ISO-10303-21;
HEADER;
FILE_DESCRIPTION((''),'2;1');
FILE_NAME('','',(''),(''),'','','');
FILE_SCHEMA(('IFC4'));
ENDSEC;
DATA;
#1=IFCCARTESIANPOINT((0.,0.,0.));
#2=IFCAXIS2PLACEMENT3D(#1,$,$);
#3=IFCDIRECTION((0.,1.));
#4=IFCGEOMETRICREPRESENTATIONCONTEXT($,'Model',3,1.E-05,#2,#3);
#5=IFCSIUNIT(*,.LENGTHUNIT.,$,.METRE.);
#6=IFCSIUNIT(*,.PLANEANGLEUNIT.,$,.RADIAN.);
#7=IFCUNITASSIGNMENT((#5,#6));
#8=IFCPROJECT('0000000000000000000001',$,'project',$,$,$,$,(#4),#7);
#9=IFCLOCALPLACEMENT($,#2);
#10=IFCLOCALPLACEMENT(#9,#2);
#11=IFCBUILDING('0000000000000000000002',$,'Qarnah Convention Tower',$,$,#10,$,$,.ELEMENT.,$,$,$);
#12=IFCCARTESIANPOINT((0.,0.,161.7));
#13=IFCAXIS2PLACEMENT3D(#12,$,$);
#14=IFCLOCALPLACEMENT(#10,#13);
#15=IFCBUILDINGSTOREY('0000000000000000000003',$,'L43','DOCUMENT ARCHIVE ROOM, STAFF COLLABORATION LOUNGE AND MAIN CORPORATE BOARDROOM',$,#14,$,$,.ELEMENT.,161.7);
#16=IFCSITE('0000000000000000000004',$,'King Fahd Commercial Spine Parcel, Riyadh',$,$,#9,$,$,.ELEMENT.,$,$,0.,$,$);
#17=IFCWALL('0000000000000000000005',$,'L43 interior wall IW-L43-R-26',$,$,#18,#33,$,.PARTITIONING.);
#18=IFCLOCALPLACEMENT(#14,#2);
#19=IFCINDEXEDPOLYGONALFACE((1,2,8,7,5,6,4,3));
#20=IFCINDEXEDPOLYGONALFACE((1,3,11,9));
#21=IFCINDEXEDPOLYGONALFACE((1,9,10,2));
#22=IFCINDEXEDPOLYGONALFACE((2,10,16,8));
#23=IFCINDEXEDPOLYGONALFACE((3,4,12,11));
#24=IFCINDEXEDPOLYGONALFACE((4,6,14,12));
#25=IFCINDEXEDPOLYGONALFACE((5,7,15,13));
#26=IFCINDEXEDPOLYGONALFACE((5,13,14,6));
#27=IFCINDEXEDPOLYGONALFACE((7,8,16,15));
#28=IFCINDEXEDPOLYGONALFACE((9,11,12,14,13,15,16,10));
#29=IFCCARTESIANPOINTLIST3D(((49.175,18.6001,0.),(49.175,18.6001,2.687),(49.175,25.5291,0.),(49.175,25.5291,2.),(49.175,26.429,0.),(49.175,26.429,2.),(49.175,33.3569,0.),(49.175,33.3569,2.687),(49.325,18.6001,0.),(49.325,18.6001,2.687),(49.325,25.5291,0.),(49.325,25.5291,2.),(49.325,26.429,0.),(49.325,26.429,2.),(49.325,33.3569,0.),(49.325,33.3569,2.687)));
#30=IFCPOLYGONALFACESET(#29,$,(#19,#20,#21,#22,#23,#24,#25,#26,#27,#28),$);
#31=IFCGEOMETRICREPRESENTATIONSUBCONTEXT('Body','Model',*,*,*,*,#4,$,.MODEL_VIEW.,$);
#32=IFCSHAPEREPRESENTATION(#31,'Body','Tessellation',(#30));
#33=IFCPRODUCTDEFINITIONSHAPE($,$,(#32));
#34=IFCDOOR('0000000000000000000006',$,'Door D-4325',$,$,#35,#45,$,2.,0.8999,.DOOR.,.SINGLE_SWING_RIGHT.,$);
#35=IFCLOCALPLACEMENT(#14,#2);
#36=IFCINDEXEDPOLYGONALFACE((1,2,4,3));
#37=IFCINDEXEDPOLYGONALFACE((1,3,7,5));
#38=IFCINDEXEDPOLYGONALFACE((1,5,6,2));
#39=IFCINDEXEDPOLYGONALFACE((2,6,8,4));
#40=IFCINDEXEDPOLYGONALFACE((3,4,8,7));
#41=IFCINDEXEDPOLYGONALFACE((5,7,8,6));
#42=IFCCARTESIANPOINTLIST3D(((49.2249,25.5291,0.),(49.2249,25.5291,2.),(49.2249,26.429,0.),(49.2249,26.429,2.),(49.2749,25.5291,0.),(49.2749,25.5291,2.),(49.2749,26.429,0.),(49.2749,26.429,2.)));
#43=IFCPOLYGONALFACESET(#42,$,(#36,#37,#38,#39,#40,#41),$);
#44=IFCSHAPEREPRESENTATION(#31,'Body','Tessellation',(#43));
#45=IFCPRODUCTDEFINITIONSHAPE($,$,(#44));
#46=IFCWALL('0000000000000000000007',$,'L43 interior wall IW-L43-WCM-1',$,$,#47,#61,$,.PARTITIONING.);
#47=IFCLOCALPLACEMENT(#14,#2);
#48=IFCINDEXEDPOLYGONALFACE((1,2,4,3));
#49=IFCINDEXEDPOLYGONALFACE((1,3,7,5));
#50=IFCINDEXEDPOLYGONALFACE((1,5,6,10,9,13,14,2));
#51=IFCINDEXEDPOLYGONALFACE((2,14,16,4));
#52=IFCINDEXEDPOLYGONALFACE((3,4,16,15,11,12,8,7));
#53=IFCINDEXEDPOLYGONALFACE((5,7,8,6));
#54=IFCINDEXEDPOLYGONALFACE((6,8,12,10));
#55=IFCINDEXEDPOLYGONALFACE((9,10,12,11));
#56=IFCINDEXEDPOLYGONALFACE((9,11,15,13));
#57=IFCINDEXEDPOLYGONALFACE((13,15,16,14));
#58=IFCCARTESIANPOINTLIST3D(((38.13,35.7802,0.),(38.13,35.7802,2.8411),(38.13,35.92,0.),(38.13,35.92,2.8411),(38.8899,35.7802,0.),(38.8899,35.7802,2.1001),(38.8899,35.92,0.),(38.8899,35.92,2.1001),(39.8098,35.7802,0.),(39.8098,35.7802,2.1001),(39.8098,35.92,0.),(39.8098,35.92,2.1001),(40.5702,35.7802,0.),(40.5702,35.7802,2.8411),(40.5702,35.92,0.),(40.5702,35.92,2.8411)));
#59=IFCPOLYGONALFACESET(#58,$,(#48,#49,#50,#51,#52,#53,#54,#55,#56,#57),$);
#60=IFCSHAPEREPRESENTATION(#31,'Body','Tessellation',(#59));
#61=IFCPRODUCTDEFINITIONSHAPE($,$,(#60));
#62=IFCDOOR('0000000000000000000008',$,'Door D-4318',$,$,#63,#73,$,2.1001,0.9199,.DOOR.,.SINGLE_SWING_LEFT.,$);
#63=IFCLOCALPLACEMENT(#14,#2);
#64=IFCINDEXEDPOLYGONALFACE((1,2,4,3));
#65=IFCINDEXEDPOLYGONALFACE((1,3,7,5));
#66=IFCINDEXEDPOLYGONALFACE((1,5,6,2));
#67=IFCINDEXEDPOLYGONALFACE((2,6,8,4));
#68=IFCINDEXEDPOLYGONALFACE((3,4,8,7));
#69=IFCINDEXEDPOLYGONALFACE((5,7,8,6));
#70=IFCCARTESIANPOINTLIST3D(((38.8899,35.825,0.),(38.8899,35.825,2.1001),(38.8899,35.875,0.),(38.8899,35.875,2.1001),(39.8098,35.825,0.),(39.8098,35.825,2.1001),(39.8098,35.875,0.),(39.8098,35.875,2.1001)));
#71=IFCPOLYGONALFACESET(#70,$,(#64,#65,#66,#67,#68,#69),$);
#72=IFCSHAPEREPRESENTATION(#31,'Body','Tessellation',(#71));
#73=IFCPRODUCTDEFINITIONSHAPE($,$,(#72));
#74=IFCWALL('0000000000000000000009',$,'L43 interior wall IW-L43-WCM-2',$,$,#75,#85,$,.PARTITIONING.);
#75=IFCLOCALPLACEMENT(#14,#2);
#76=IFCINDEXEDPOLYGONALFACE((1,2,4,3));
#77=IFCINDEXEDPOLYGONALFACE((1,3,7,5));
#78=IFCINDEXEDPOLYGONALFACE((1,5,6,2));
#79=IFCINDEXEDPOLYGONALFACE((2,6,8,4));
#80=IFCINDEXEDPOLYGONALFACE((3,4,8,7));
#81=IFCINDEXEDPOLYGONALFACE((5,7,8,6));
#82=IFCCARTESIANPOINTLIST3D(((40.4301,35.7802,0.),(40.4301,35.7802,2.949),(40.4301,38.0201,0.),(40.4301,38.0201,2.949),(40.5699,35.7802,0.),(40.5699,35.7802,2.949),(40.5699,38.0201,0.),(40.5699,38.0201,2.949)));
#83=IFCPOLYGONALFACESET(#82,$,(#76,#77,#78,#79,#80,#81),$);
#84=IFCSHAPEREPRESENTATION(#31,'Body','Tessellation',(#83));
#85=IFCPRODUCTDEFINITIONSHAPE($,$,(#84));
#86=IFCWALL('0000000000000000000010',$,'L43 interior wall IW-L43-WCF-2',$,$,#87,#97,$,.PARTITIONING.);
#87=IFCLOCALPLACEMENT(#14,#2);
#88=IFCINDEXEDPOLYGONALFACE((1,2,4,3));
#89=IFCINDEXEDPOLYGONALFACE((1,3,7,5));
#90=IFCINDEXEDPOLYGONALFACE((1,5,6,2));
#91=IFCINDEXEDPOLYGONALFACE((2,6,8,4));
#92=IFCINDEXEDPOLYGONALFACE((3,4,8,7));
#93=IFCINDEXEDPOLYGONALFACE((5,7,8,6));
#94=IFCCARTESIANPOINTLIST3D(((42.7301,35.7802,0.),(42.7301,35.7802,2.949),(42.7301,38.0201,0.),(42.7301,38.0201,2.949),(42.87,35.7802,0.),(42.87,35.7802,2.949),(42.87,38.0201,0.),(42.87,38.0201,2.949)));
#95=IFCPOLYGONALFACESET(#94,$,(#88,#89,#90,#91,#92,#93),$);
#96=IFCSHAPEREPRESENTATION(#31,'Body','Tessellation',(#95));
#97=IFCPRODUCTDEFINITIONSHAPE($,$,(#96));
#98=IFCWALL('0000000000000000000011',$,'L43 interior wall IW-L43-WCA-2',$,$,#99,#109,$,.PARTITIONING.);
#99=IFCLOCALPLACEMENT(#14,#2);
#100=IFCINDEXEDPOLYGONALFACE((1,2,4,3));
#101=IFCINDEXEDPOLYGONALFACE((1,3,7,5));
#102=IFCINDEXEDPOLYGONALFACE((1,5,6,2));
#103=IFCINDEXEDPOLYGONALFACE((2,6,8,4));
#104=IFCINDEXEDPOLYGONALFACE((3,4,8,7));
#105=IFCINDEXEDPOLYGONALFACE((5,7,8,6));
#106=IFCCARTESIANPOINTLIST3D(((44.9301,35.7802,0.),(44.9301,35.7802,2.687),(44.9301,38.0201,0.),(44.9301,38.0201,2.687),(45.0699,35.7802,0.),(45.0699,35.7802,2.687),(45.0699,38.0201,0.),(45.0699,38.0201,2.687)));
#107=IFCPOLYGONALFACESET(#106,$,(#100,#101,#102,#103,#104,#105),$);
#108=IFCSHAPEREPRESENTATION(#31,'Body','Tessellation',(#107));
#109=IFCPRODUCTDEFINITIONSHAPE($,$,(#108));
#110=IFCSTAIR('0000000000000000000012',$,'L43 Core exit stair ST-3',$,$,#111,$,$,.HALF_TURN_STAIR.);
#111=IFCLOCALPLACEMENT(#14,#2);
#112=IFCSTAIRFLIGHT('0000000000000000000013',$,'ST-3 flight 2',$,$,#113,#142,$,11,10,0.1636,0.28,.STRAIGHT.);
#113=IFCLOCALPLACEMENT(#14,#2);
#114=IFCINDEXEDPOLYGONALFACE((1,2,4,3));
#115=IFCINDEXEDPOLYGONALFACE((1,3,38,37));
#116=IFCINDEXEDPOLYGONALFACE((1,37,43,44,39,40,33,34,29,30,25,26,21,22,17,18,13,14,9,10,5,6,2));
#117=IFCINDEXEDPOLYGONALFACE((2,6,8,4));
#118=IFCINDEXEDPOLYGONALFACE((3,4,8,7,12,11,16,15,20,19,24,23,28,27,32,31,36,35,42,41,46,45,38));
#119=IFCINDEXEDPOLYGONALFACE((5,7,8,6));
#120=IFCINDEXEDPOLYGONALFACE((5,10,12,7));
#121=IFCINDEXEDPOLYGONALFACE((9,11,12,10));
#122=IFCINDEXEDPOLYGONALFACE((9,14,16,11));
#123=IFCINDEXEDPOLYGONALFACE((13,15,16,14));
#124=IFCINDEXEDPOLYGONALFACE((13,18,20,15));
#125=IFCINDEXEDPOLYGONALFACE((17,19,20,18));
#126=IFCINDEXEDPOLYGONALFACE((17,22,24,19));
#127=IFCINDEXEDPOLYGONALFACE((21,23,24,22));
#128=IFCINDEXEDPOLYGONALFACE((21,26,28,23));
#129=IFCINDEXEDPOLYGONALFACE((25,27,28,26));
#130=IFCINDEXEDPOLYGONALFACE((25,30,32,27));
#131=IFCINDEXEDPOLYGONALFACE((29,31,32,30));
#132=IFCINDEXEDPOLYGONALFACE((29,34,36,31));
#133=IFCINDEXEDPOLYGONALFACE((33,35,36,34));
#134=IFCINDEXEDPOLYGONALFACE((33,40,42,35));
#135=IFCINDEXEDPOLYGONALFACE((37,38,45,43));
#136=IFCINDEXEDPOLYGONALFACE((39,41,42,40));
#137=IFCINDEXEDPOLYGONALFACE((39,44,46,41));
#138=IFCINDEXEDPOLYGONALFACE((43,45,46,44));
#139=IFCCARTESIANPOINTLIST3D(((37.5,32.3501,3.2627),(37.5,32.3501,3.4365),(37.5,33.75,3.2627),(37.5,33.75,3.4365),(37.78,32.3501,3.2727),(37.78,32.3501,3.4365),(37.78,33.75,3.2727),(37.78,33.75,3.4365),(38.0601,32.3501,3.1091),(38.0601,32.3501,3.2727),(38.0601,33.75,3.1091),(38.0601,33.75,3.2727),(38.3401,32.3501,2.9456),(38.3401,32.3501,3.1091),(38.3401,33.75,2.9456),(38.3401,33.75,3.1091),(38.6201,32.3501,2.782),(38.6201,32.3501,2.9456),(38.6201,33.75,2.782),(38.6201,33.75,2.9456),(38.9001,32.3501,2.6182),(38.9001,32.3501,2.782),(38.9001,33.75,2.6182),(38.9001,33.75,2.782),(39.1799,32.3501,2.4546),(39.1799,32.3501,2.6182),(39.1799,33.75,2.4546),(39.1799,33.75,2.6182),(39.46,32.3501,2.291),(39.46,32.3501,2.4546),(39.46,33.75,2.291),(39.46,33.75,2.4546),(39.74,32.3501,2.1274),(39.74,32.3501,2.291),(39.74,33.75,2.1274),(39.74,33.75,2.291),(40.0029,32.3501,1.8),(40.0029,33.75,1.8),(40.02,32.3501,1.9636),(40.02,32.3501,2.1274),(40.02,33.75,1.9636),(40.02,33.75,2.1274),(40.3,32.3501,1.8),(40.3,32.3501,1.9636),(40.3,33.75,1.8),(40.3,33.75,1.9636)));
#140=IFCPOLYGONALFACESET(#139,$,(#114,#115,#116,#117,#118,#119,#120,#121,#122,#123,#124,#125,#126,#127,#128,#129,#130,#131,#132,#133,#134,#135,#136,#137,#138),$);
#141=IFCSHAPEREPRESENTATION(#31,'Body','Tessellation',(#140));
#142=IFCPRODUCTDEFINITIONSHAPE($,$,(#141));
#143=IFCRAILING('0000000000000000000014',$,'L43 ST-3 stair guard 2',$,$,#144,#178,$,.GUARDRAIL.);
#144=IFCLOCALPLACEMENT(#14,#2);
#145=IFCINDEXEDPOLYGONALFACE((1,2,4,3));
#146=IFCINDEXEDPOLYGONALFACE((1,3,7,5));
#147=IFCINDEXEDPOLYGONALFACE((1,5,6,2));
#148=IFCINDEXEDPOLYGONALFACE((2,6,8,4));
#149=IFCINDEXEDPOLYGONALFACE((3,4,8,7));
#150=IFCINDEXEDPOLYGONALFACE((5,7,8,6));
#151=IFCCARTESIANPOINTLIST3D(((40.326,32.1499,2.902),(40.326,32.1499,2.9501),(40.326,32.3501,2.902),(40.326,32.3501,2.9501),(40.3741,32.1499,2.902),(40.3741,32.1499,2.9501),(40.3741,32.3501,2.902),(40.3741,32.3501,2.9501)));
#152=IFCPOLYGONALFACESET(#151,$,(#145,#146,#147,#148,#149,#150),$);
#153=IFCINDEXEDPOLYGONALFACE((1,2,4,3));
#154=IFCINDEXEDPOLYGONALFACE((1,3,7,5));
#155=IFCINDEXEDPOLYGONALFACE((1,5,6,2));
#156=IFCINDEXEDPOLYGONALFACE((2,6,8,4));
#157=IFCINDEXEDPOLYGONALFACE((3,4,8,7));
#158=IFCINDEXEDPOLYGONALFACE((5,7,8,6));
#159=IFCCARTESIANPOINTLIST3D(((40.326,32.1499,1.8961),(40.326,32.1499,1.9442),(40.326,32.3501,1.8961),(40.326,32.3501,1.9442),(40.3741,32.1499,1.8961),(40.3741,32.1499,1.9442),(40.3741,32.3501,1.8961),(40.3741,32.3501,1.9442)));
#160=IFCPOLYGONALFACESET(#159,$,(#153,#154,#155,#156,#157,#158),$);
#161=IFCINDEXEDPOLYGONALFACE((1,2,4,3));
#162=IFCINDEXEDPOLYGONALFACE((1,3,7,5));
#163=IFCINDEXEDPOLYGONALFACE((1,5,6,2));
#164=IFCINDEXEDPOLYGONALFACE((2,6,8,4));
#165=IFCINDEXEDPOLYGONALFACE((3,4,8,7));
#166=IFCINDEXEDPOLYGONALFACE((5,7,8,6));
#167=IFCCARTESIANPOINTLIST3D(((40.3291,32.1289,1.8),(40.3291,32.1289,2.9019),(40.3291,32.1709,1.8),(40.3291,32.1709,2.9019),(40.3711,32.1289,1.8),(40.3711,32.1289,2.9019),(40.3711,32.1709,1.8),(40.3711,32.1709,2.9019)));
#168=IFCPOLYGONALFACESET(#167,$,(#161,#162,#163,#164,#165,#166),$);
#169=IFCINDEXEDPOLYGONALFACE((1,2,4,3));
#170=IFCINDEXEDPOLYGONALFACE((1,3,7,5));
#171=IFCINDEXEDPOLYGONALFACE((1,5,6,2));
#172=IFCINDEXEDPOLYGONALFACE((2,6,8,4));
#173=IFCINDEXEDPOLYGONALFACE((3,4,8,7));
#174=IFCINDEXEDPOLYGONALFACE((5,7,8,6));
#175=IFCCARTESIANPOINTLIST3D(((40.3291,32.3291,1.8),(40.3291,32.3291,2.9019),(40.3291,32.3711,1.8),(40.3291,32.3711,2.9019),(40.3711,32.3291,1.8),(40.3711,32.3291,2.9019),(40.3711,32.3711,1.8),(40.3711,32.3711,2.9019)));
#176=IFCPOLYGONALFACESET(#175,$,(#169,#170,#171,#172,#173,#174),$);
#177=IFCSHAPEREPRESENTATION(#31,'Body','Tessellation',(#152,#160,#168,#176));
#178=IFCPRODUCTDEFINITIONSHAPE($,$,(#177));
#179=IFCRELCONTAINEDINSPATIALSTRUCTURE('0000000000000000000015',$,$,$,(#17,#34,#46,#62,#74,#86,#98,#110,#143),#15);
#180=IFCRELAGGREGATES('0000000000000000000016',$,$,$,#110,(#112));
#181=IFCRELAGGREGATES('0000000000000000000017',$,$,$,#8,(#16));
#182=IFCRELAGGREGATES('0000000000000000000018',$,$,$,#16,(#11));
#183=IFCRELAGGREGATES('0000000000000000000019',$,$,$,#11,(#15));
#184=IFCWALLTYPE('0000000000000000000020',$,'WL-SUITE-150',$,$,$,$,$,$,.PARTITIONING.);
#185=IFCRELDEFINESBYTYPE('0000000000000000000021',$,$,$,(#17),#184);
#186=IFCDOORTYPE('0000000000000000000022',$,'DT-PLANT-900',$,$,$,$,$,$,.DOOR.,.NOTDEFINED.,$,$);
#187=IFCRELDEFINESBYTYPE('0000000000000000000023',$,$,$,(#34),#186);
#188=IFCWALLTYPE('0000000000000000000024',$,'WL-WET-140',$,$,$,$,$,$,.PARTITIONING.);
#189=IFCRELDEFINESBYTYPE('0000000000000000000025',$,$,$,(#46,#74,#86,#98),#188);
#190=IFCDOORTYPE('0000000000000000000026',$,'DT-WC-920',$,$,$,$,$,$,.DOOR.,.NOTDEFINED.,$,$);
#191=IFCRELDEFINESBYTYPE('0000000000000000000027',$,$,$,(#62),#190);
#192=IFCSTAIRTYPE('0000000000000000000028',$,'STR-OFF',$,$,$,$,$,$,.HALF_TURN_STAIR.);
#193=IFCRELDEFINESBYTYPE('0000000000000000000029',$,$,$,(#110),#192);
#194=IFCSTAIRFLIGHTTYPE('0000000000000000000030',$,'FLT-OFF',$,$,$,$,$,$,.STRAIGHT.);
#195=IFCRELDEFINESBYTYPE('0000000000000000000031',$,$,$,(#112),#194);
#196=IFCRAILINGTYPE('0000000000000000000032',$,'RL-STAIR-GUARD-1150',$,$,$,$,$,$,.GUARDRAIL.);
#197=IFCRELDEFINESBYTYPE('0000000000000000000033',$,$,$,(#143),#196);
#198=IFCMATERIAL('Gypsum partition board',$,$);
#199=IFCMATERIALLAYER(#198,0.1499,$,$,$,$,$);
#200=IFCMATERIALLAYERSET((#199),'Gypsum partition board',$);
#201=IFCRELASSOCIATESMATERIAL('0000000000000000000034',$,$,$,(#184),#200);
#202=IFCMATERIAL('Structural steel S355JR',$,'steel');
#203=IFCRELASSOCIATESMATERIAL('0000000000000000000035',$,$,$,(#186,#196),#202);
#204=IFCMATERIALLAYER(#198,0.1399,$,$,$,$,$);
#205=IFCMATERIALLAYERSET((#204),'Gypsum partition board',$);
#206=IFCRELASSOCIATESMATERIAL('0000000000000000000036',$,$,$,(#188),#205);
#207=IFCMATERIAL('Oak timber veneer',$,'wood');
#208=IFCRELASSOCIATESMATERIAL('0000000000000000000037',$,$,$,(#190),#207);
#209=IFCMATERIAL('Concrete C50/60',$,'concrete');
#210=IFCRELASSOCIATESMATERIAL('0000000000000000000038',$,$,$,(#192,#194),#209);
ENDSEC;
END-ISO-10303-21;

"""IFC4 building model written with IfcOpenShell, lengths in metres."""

from ifc_helpers import new_model, si_unit, direction, frame, frame_2d, origin, origin_2d, place, context, subcontext, project, spatial, polyline, rectangle, outline, extrude, material, layer, layer_set, type_object, element, fill, aggregate, save


model = new_model("IFC4")

# Units and contexts
model_context = context("Model", 3, precision=1e-05, world=origin(), true_north=direction((0.0, 1.0)))
body_context = subcontext(model_context, "Body", "Model", "MODEL_VIEW")
ifc_project = project(units=[si_unit("LENGTHUNIT", "METRE"), si_unit("PLANEANGLEUNIT", "RADIAN")], contexts=[model_context])

# Site, building, storey
site_placement = place(None, origin())
site = spatial("IfcSite", under=ifc_project, at=site_placement, Name="King Fahd Commercial Spine Parcel, Riyadh", CompositionType="ELEMENT", RefElevation=0.0)
building_placement = place(site_placement, origin())
building = spatial("IfcBuilding", under=site, at=building_placement, Name="Qarnah Convention Tower", CompositionType="ELEMENT")
storey_placement = place(building_placement, frame((0.0, 0.0, 161.7)))
storey = spatial("IfcBuildingStorey", under=building, at=storey_placement, Name="L43", Description="DOCUMENT ARCHIVE ROOM, STAFF COLLABORATION LOUNGE AND MAIN CORPORATE BOARDROOM", CompositionType="ELEMENT", Elevation=161.7)

# Shared definitions
ifc_material_1 = material(Name="Structural steel S355JR", Category="steel")

# Shared definitions
ifc_material_2 = material(Name="Gypsum partition board")
ifc_layer_1 = layer(ifc_material_2, 0.1499)
ifc_layer_set_1 = layer_set([ifc_layer_1], Name="Gypsum partition board")
wall_type_1 = type_object("IfcWallType", Name="WL-SUITE-150", PredefinedType="PARTITIONING", material=ifc_layer_set_1)

# Walls, openings, doors
wall_1_placement = place(storey_placement, frame((49.25, 33.3569, 0.0), z_axis=(0.0, 0.0, 1.0), x_axis=(0.0, -1.0, 0.0)))
wall_1 = element("IfcWall", 1, at=wall_1_placement, inside=storey, type_object=wall_type_1, Name="L43 interior wall IW-L43-R-26", PredefinedType="PARTITIONING", context=body_context, shape_type="SweptSolid", body=[
    extrude(rectangle(XDim=14.7568, YDim=0.1499, at=frame_2d((7.3784, 0.0))), origin(), (0.0, 0.0, 1.0), 2.687),
])
opening_1_placement = place(wall_1_placement, frame((6.928, 0.0, 0.0)))
opening_1 = element("IfcOpeningElement", 2, at=opening_1_placement, cuts=wall_1, PredefinedType="OPENING", context=body_context, shape_type="SweptSolid", body=[
    extrude(rectangle(XDim=0.8999, YDim=2.0, at=frame_2d((0.45, 1.0))), frame((0.0, 0.085, 0.0), z_axis=(0.0, -1.0, 0.0), x_axis=(1.0, 0.0, 0.0)), (0.0, 0.0, 1.0), 0.1699),
])
door_type_1 = type_object("IfcDoorType", Name="DT-PLANT-900", OperationType="NOTDEFINED", PredefinedType="DOOR", material=ifc_material_1)
door_1_placement = place(opening_1_placement, origin())
door_1 = element("IfcDoor", 3, at=door_1_placement, inside=storey, type_object=door_type_1, Name="Door D-4325", OperationType="SINGLE_SWING_RIGHT", OverallHeight=2.0, OverallWidth=0.8999, PredefinedType="DOOR", context=body_context, shape_type="SweptSolid", body=[
    extrude(rectangle(XDim=0.8999, YDim=2.0, at=frame_2d((0.45, 1.0))), frame((0.0, 0.0249, 0.0), z_axis=(0.0, -1.0, 0.0), x_axis=(1.0, 0.0, 0.0)), (0.0, 0.0, 1.0), 0.05),
])
fill(opening_1, door_1)
ifc_layer_2 = layer(ifc_material_2, 0.1399)
ifc_layer_set_2 = layer_set([ifc_layer_2], Name="Gypsum partition board")
wall_type_2 = type_object("IfcWallType", Name="WL-WET-140", PredefinedType="PARTITIONING", material=ifc_layer_set_2)
wall_2_placement = place(storey_placement, frame((38.1299, 35.8501, 0.0), z_axis=(0.0, 0.0, 1.0), x_axis=(1.0, 0.0, 0.0)))
wall_2 = element("IfcWall", 4, at=wall_2_placement, inside=storey, type_object=wall_type_2, Name="L43 interior wall IW-L43-WCM-1", PredefinedType="PARTITIONING", context=body_context, shape_type="SweptSolid", body=[
    extrude(rectangle(XDim=2.4402, YDim=0.1399, at=frame_2d((1.2202, 0.0))), origin(), (0.0, 0.0, 1.0), 2.8411),
])
opening_2_placement = place(wall_2_placement, frame((0.76, 0.0, 0.0)))
opening_2 = element("IfcOpeningElement", 5, at=opening_2_placement, cuts=wall_2, PredefinedType="OPENING", context=body_context, shape_type="SweptSolid", body=[
    extrude(rectangle(XDim=0.9199, YDim=2.1001, at=frame_2d((0.46, 1.05))), frame((0.0, 0.0798, 0.0), z_axis=(0.0, -1.0, 0.0), x_axis=(1.0, 0.0, 0.0)), (0.0, 0.0, 1.0), 0.1599),
])
ifc_material_3 = material(Name="Oak timber veneer", Category="wood")
door_type_2 = type_object("IfcDoorType", Name="DT-WC-920", OperationType="NOTDEFINED", PredefinedType="DOOR", material=ifc_material_3)
door_2_placement = place(opening_2_placement, origin())
door_2 = element("IfcDoor", 6, at=door_2_placement, inside=storey, type_object=door_type_2, Name="Door D-4318", OperationType="SINGLE_SWING_LEFT", OverallHeight=2.1001, OverallWidth=0.9199, PredefinedType="DOOR", context=body_context, shape_type="SweptSolid", body=[
    extrude(rectangle(XDim=0.9199, YDim=2.1001, at=frame_2d((0.46, 1.05))), frame((0.0, 0.0249, 0.0), z_axis=(0.0, -1.0, 0.0), x_axis=(1.0, 0.0, 0.0)), (0.0, 0.0, 1.0), 0.05),
])
fill(opening_2, door_2)

# Walls
for number, where, z_axis, x_axis, name in (
    (7, (40.5, 35.78, 0.0), (0.0, 0.0, 1.0), (0.0, 1.0, 0.0), "L43 interior wall IW-L43-WCM-2"),
    (8, (42.8, 35.78, 0.0), (0.0, 0.0, 1.0), (0.0, 1.0, 0.0), "L43 interior wall IW-L43-WCF-2"),
):
    element("IfcWall", number, at=place(storey_placement, frame(where, z_axis=z_axis, x_axis=x_axis)), inside=storey, type_object=wall_type_2, Name=name, PredefinedType="PARTITIONING", context=body_context, shape_type="SweptSolid", body=[
        extrude(rectangle(XDim=2.24, YDim=0.1399, at=frame_2d((1.1201, 0.0))), origin(), (0.0, 0.0, 1.0), 2.949),
    ])
wall_3_placement = place(storey_placement, frame((45.0, 35.78, 0.0), z_axis=(0.0, 0.0, 1.0), x_axis=(0.0, 1.0, 0.0)))
element("IfcWall", 9, at=wall_3_placement, inside=storey, type_object=wall_type_2, Name="L43 interior wall IW-L43-WCA-2", PredefinedType="PARTITIONING", context=body_context, shape_type="SweptSolid", body=[
    extrude(rectangle(XDim=2.24, YDim=0.1399, at=frame_2d((1.1201, 0.0))), origin(), (0.0, 0.0, 1.0), 2.687),
])

# Stair, stair flight
ifc_material_4 = material(Name="Concrete C50/60", Category="concrete")
stair_type = type_object("IfcStairType", Name="STR-OFF", PredefinedType="HALF_TURN_STAIR", material=ifc_material_4)
stair_placement = place(storey_placement, origin())
stair = element("IfcStair", 10, at=stair_placement, inside=storey, type_object=stair_type, Name="L43 Core exit stair ST-3", PredefinedType="HALF_TURN_STAIR")
stair_flight_type = type_object("IfcStairFlightType", Name="FLT-OFF", PredefinedType="STRAIGHT", material=ifc_material_4)
stair_flight_placement = place(storey_placement, frame((40.3, 33.05, 1.8), z_axis=(0.0, 0.0, 1.0), x_axis=(-1.0, 0.0, 0.0)))
stair_flight = element("IfcStairFlight", 11, at=stair_flight_placement, type_object=stair_flight_type, Name="ST-3 flight 2", NumberOfRisers=11, NumberOfTreads=10, PredefinedType="STRAIGHT", RiserHeight=0.1636, TreadLength=0.28, context=body_context, shape_type="SweptSolid", body=[
    extrude(outline(polyline([(0.0, 0.0), (0.0, 0.1636), (0.28, 0.1636), (0.28, 0.3274), (0.5601, 0.3274), (0.5601, 0.491), (0.8401, 0.491), (0.8401, 0.6545), (1.1201, 0.6545), (1.1201, 0.8181), (1.3999, 0.8181), (1.3999, 0.9819), (1.6799, 0.9819), (1.6799, 1.1455), (1.96, 1.1455), (1.96, 1.3091), (2.24, 1.3091), (2.24, 1.4727), (2.52, 1.4727), (2.52, 1.6365), (2.8, 1.6365), (2.8, 1.8), (2.8, 1.4626), (0.2971, 0.0), (0.0, 0.0)])), frame((0.0, 0.7, 0.0), z_axis=(0.0, -1.0, 0.0), x_axis=(1.0, 0.0, 0.0)), (0.0, 0.0, 1.0), 1.3999),
])
aggregate(stair, [stair_flight])

# Railing
railing_type_1 = type_object("IfcRailingType", Name="RL-STAIR-GUARD-1150", PredefinedType="GUARDRAIL", material=ifc_material_1)
railing_1_placement = place(storey_placement, frame((40.3501, 32.1499, 1.8)))
element("IfcRailing", 12, at=railing_1_placement, inside=storey, type_object=railing_type_1, Name="L43 ST-3 stair guard 2", PredefinedType="GUARDRAIL", context=body_context, shape_type="SweptSolid", body=[
    extrude(rectangle(XDim=0.0481, YDim=0.0481, at=origin_2d()), frame((0.0, 0.0, 1.126), z_axis=(0.0, 1.0, 0.0), x_axis=(-1.0, 0.0, 0.0)), (0.0, 0.0, 1.0), 0.2002),
    extrude(rectangle(XDim=0.0481, YDim=0.0481, at=origin_2d()), frame((0.0, 0.0, 0.1201), z_axis=(0.0, 1.0, 0.0), x_axis=(-1.0, 0.0, 0.0)), (0.0, 0.0, 1.0), 0.2002),
    extrude(rectangle(XDim=0.042, YDim=0.042, at=origin_2d()), origin(), (0.0, 0.0, 1.0), 1.1018),
    extrude(rectangle(XDim=0.042, YDim=0.042, at=origin_2d()), frame((0.0, 0.2002, 0.0)), (0.0, 0.0, 1.0), 1.1018),
])

save(model, "model.ifc")
